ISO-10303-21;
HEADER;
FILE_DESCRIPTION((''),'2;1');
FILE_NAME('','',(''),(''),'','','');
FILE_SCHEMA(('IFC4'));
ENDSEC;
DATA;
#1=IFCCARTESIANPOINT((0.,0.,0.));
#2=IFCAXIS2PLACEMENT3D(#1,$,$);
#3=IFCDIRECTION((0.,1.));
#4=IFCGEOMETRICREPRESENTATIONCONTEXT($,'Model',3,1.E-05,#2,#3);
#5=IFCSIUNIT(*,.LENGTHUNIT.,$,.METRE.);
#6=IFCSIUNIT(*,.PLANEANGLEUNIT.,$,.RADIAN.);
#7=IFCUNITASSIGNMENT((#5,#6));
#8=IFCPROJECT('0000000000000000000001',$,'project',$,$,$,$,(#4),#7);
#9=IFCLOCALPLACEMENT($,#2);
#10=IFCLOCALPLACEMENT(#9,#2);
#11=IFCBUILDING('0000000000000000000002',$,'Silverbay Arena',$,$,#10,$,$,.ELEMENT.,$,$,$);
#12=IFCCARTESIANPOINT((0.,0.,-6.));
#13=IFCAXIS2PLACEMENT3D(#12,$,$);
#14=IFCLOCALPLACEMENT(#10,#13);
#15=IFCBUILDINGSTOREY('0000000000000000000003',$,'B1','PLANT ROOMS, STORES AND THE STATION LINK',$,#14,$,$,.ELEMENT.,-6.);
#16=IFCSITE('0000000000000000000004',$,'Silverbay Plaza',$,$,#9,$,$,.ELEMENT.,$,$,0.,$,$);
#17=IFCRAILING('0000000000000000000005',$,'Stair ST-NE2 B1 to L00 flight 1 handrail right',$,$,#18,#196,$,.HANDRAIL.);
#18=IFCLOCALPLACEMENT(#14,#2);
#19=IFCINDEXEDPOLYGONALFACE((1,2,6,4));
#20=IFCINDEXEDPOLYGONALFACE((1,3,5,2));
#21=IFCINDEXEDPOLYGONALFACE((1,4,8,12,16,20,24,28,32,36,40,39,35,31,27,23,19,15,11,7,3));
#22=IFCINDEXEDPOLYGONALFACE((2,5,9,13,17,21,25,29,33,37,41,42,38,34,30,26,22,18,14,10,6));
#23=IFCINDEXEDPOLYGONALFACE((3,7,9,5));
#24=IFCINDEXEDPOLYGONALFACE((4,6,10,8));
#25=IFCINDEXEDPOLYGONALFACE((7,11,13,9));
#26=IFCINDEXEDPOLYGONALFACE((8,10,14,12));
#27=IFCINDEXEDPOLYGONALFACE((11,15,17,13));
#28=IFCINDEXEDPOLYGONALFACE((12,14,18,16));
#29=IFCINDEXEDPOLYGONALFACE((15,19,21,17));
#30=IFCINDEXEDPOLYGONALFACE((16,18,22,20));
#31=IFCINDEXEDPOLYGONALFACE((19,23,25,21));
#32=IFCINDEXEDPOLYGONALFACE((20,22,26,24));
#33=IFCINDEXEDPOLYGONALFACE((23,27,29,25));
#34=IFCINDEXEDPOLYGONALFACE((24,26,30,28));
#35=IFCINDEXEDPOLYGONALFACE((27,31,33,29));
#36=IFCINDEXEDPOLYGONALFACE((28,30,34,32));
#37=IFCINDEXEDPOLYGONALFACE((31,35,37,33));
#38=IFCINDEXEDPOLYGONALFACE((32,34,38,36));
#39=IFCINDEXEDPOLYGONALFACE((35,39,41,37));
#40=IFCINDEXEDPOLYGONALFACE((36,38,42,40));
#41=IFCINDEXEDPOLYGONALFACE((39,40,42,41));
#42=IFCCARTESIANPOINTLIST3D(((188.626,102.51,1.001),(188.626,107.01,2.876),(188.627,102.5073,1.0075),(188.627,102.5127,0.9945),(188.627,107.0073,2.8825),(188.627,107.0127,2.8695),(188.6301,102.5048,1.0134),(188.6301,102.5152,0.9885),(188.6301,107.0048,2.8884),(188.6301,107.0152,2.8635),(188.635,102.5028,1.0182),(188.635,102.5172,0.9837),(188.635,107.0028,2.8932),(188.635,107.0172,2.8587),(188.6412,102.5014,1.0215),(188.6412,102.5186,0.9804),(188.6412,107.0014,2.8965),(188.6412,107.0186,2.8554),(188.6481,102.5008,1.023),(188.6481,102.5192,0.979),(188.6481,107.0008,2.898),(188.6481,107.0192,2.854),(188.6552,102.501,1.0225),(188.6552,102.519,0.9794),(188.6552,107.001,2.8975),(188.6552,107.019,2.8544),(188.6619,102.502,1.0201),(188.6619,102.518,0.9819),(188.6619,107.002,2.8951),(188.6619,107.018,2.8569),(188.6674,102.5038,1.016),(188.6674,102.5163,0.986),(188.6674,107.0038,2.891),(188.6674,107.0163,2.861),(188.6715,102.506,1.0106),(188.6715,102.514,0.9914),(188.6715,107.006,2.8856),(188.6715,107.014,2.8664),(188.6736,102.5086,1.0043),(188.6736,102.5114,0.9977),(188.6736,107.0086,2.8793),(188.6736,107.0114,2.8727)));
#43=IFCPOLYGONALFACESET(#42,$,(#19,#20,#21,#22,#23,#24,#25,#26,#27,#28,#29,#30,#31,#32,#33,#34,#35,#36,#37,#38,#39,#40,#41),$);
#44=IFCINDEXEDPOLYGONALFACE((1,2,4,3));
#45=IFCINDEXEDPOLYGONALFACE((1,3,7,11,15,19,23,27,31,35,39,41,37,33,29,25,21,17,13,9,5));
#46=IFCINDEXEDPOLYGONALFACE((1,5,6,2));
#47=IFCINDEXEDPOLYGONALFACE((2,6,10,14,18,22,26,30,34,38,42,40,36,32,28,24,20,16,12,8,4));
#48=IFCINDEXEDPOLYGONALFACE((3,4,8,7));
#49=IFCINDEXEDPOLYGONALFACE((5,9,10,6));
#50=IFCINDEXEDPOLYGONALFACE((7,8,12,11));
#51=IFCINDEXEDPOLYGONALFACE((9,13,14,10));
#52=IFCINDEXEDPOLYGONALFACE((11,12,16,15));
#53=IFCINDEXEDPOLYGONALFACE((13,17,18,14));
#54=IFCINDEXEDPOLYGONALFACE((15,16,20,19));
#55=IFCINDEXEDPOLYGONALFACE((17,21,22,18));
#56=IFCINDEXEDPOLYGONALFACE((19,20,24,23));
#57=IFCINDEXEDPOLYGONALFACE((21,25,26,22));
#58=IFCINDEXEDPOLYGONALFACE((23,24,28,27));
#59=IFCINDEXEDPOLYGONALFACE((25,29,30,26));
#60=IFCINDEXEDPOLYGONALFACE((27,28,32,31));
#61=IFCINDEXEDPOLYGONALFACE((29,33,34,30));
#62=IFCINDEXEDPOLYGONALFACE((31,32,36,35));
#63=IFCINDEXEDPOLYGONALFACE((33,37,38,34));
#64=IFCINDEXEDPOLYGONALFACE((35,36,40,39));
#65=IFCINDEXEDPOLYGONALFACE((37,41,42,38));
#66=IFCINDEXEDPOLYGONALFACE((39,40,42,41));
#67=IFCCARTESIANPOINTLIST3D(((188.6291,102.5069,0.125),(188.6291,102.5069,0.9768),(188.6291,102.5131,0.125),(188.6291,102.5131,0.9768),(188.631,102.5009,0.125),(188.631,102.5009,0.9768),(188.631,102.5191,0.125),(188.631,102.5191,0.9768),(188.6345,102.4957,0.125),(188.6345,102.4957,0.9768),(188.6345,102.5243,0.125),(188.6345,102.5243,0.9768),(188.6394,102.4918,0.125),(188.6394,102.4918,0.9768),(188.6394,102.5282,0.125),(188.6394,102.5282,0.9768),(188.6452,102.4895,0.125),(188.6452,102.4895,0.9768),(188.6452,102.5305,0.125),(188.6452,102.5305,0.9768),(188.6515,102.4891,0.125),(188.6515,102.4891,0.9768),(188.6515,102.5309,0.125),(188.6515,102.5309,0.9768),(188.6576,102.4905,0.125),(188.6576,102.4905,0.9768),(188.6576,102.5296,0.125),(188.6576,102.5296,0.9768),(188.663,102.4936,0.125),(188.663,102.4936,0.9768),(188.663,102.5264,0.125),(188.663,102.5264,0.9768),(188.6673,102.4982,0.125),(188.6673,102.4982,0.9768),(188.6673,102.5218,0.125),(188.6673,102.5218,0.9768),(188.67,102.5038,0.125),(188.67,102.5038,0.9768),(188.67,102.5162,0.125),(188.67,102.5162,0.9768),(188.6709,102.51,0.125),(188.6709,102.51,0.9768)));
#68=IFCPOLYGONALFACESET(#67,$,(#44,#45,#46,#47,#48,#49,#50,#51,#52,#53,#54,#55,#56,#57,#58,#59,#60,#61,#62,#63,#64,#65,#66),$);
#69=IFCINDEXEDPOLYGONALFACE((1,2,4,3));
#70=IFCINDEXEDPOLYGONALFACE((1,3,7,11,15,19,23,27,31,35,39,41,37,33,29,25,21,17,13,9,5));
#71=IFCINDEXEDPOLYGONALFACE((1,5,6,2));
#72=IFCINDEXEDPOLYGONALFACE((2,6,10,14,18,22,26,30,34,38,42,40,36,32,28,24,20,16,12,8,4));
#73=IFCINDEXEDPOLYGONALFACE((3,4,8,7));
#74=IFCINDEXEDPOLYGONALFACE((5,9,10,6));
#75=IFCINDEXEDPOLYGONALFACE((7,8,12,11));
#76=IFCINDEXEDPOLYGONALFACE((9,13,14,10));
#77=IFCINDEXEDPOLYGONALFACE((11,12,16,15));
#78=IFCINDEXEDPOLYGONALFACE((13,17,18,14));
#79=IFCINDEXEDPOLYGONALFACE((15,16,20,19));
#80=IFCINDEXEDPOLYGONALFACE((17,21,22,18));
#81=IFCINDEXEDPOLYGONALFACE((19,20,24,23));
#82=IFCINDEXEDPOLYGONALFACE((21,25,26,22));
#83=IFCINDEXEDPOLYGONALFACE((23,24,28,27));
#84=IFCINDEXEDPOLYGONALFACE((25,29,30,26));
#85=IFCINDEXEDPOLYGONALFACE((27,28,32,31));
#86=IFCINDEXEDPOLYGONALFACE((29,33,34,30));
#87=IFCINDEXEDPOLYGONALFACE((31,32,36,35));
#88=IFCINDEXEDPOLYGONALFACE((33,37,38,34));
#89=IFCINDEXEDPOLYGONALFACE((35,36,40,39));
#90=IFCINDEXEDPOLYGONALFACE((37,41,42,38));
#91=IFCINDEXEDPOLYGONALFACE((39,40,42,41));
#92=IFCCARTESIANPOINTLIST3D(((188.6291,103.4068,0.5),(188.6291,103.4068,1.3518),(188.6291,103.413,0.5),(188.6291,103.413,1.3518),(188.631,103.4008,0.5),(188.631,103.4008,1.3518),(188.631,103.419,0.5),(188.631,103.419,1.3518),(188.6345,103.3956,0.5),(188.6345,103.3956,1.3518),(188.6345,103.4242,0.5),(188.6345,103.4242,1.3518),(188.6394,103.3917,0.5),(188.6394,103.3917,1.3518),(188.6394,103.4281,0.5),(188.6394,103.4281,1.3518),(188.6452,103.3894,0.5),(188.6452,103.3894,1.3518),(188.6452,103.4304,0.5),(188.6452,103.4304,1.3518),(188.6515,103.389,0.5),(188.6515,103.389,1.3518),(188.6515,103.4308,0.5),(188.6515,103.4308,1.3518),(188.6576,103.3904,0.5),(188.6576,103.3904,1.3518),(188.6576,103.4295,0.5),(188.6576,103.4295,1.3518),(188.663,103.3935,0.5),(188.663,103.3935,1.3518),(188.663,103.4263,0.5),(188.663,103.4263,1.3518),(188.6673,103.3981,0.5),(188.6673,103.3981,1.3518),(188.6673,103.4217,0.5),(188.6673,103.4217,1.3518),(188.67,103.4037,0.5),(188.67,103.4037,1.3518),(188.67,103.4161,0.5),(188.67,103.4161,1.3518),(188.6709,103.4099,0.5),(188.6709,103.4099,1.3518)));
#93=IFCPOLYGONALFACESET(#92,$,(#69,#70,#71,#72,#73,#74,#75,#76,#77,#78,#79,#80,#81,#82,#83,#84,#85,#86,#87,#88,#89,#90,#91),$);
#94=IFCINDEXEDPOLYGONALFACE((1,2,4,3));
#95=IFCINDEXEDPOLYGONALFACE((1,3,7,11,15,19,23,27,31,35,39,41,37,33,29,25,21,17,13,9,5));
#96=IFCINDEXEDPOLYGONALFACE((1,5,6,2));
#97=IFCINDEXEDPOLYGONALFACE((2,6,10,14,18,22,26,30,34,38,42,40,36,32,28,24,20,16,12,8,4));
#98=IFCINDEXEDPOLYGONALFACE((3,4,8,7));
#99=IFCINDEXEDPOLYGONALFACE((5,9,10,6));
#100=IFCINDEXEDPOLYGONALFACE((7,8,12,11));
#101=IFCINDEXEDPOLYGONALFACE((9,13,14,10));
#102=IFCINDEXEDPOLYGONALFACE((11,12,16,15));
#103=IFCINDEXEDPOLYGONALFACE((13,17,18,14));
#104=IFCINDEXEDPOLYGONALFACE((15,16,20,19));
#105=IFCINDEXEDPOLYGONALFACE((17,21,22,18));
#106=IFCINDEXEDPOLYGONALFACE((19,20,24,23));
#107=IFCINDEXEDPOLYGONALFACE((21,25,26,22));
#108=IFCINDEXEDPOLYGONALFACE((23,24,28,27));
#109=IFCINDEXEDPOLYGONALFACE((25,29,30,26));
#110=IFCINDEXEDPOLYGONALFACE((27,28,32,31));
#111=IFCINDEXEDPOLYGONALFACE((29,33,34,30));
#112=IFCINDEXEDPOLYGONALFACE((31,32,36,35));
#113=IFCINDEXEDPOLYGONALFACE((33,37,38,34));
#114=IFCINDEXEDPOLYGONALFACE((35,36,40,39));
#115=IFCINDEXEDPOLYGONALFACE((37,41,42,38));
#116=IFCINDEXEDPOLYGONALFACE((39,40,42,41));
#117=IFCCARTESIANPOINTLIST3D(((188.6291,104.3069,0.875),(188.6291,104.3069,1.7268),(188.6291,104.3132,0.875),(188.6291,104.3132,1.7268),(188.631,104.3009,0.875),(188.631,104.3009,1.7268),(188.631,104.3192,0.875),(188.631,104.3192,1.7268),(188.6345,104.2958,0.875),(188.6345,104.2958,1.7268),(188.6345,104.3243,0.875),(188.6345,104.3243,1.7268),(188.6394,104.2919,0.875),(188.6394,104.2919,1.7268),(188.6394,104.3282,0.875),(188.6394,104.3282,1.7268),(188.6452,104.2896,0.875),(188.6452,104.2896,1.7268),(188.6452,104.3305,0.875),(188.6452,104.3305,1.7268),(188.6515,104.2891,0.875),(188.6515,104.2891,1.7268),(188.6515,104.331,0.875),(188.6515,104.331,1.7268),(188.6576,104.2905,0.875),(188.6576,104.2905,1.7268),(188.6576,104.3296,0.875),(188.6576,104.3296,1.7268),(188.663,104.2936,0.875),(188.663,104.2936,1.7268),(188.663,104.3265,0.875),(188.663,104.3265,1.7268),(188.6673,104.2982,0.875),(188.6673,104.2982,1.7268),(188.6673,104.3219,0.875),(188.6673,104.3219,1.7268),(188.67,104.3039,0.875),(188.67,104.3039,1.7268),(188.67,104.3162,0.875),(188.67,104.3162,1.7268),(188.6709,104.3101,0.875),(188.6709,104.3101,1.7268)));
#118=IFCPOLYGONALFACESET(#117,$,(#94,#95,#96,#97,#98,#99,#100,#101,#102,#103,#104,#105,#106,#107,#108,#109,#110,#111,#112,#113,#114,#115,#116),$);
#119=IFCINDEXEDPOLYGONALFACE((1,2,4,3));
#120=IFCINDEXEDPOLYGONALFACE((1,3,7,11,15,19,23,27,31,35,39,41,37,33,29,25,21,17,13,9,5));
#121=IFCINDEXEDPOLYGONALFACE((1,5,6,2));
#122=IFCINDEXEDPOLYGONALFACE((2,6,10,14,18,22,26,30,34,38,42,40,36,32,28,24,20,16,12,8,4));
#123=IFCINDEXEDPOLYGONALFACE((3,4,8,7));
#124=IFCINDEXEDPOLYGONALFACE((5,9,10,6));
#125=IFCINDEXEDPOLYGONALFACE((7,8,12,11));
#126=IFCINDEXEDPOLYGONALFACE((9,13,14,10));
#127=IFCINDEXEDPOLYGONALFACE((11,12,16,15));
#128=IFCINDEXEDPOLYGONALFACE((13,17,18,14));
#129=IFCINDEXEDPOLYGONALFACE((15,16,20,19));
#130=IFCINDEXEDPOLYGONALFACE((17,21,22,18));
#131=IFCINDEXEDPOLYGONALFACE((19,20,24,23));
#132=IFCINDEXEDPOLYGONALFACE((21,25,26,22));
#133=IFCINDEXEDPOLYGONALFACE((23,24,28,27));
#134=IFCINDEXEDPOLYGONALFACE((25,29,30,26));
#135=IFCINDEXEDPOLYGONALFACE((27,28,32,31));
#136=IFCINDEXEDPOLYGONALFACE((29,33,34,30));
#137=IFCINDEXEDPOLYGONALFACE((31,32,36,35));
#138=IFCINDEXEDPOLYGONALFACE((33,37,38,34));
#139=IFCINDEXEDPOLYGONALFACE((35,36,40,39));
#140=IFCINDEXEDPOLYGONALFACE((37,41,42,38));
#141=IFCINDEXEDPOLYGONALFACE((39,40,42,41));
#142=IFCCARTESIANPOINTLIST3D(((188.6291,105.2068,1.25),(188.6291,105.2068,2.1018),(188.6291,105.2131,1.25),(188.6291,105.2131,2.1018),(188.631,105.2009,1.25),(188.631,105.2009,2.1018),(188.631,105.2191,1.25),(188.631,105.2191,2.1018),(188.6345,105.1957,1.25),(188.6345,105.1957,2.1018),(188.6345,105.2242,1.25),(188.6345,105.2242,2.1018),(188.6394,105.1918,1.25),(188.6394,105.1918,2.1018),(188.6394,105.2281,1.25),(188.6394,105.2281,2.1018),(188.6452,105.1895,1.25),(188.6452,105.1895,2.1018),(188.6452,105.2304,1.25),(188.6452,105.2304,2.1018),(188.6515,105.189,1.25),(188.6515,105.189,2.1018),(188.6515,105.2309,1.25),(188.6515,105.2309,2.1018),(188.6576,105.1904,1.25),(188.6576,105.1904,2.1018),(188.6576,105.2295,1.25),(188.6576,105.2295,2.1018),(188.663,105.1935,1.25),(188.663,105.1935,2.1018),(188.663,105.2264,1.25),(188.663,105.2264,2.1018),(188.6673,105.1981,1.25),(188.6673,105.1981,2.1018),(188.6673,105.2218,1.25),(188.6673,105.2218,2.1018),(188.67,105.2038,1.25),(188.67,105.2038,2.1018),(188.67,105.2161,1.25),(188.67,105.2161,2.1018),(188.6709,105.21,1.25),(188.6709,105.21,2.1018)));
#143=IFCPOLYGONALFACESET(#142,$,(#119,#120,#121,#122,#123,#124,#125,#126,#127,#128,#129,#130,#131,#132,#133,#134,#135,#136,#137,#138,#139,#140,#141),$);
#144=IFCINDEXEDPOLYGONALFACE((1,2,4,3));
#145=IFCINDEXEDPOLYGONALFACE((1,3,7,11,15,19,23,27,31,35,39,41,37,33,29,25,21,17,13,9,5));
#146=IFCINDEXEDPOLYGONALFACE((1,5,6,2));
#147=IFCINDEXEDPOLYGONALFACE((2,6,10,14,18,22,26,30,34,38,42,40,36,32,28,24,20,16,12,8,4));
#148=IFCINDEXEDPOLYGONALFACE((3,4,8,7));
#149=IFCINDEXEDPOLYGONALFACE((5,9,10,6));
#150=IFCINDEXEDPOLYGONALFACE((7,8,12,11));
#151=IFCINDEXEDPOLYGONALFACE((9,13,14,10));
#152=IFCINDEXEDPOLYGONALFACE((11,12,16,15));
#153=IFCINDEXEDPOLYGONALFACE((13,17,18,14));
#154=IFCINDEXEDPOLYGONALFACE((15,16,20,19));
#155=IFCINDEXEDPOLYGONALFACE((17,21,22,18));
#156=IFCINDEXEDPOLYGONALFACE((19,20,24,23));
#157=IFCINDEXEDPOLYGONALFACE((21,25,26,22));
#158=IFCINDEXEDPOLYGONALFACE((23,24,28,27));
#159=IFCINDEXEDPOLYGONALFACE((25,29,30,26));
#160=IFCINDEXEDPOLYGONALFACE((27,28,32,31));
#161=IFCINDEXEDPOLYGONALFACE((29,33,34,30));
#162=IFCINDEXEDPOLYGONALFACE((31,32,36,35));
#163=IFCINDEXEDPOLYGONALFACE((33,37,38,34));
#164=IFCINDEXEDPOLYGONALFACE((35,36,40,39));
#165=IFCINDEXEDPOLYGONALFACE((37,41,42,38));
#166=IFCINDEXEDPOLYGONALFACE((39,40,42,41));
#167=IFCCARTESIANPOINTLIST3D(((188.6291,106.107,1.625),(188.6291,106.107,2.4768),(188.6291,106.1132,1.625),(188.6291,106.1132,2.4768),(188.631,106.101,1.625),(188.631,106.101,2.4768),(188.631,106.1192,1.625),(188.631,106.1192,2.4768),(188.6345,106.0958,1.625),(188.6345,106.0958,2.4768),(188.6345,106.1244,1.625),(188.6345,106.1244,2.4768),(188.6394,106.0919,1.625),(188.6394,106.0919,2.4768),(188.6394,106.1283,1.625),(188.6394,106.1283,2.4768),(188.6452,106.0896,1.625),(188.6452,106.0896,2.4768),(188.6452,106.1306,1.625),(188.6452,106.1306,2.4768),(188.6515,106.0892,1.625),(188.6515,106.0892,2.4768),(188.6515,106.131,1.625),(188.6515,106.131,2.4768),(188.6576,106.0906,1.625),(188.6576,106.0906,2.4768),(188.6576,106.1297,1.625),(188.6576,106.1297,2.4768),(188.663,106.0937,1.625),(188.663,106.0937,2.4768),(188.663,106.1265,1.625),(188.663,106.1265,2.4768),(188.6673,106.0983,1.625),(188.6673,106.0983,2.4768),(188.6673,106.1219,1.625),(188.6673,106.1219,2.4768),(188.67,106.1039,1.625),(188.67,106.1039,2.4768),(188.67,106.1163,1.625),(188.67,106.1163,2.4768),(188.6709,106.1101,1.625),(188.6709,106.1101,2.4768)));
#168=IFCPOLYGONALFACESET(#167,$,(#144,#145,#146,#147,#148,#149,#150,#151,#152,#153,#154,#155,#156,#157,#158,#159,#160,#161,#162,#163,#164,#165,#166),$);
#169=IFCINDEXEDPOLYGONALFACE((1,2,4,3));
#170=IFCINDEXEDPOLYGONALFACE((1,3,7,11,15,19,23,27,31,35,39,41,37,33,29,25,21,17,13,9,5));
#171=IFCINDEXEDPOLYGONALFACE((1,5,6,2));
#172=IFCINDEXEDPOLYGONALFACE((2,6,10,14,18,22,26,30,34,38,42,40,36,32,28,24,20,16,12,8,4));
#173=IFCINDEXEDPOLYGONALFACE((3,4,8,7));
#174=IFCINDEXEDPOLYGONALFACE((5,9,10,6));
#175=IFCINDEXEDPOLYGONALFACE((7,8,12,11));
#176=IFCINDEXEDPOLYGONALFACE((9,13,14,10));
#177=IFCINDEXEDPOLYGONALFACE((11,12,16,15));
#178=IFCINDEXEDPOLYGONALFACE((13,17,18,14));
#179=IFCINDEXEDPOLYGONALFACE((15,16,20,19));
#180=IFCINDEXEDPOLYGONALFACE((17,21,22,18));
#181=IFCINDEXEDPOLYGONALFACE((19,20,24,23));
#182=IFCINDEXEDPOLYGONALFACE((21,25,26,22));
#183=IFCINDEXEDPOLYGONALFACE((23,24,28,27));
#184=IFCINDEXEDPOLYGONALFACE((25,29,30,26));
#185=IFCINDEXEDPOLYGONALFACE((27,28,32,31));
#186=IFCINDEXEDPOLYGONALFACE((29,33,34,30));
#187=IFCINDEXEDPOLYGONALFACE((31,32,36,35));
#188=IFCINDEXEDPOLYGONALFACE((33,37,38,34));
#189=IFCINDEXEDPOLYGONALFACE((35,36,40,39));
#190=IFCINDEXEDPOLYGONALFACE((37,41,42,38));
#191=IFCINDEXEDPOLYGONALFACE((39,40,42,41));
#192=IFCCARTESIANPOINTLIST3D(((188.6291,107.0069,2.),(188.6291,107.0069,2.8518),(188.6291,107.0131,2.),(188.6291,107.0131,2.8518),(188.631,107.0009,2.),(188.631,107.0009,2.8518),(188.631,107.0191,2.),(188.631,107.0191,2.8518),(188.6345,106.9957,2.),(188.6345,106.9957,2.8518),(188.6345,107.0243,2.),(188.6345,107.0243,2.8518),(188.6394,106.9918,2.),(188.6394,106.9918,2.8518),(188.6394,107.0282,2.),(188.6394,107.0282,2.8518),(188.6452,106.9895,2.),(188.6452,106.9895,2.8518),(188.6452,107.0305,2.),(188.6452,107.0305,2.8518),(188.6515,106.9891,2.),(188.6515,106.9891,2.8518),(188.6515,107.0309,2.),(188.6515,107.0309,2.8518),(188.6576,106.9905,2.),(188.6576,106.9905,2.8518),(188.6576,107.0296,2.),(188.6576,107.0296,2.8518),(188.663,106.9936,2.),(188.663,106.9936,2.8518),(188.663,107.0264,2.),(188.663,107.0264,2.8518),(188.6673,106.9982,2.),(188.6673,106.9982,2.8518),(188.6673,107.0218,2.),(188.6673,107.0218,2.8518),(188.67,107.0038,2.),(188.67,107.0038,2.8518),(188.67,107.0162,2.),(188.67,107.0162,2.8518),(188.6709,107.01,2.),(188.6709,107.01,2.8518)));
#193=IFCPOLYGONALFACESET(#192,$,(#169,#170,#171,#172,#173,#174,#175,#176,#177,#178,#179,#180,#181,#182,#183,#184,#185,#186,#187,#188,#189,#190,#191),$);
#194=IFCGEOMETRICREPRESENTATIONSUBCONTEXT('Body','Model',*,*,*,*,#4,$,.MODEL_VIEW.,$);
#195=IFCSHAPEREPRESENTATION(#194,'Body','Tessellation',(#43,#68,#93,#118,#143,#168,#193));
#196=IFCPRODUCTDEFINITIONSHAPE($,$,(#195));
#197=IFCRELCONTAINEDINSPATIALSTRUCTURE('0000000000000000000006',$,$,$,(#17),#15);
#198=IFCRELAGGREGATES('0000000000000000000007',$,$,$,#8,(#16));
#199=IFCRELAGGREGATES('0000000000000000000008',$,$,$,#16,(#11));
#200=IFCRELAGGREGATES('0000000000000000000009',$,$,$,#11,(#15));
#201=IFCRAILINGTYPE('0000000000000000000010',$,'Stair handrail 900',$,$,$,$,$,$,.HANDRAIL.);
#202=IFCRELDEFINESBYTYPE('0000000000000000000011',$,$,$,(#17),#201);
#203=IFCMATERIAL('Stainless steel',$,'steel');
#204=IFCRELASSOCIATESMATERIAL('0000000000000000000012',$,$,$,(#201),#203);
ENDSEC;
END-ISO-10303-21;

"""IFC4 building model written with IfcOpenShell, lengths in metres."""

from ifc_helpers import new_model, si_unit, direction, frame, origin, origin_2d, place, context, subcontext, project, spatial, circle, extrude, material, type_object, element, save


model = new_model("IFC4")

# Units and contexts
model_context = context("Model", 3, precision=1e-05, world=origin(), true_north=direction((0.0, 1.0)))
body_context = subcontext(model_context, "Body", "Model", "MODEL_VIEW")
ifc_project = project(units=[si_unit("LENGTHUNIT", "METRE"), si_unit("PLANEANGLEUNIT", "RADIAN")], contexts=[model_context])

# Site, building, storey
site_placement = place(None, origin())
site = spatial("IfcSite", under=ifc_project, at=site_placement, Name="Silverbay Plaza", CompositionType="ELEMENT", RefElevation=0.0)
building_placement = place(site_placement, origin())
building = spatial("IfcBuilding", under=site, at=building_placement, Name="Silverbay Arena", CompositionType="ELEMENT")
storey_placement = place(building_placement, frame((0.0, 0.0, -6.0)))
storey = spatial("IfcBuildingStorey", under=building, at=storey_placement, Name="B1", Description="PLANT ROOMS, STORES AND THE STATION LINK", CompositionType="ELEMENT", Elevation=-6.0)

# Railing
ifc_material_1 = material(Name="Stainless steel", Category="steel")
railing_type_1 = type_object("IfcRailingType", Name="Stair handrail 900", PredefinedType="HANDRAIL", material=ifc_material_1)
for number, where, name in (
    (1, (188.6499, 102.51, 0.125), "Stair ST-NE2 B1 to L00 flight 1 handrail right"),
):
    element("IfcRailing", number, at=place(storey_placement, frame(where)), inside=storey, type_object=railing_type_1, Name=name, PredefinedType="HANDRAIL", context=body_context, shape_type="SweptSolid", body=[
        extrude(circle(Radius=0.0239, at=origin_2d()), frame((0.0, 0.0, 0.876), z_axis=(0.0, 0.923077, 0.384615), x_axis=(-1.0, 0.0, 0.0)), (0.0, 0.0, 1.0), 4.875),
        extrude(circle(Radius=0.021, at=origin_2d()), origin(), (0.0, 0.0, 1.0), 0.8518),
        extrude(circle(Radius=0.021, at=origin_2d()), frame((0.0, 0.8999, 0.375)), (0.0, 0.0, 1.0), 0.8518),
        extrude(circle(Radius=0.021, at=origin_2d()), frame((0.0, 1.8, 0.75)), (0.0, 0.0, 1.0), 0.8518),
        extrude(circle(Radius=0.021, at=origin_2d()), frame((0.0, 2.7, 1.125)), (0.0, 0.0, 1.0), 0.8518),
        extrude(circle(Radius=0.021, at=origin_2d()), frame((0.0, 3.6001, 1.5)), (0.0, 0.0, 1.0), 0.8518),
        extrude(circle(Radius=0.021, at=origin_2d()), frame((0.0, 4.5, 1.875)), (0.0, 0.0, 1.0), 0.8518),
    ])

save(model, "model.ifc")
